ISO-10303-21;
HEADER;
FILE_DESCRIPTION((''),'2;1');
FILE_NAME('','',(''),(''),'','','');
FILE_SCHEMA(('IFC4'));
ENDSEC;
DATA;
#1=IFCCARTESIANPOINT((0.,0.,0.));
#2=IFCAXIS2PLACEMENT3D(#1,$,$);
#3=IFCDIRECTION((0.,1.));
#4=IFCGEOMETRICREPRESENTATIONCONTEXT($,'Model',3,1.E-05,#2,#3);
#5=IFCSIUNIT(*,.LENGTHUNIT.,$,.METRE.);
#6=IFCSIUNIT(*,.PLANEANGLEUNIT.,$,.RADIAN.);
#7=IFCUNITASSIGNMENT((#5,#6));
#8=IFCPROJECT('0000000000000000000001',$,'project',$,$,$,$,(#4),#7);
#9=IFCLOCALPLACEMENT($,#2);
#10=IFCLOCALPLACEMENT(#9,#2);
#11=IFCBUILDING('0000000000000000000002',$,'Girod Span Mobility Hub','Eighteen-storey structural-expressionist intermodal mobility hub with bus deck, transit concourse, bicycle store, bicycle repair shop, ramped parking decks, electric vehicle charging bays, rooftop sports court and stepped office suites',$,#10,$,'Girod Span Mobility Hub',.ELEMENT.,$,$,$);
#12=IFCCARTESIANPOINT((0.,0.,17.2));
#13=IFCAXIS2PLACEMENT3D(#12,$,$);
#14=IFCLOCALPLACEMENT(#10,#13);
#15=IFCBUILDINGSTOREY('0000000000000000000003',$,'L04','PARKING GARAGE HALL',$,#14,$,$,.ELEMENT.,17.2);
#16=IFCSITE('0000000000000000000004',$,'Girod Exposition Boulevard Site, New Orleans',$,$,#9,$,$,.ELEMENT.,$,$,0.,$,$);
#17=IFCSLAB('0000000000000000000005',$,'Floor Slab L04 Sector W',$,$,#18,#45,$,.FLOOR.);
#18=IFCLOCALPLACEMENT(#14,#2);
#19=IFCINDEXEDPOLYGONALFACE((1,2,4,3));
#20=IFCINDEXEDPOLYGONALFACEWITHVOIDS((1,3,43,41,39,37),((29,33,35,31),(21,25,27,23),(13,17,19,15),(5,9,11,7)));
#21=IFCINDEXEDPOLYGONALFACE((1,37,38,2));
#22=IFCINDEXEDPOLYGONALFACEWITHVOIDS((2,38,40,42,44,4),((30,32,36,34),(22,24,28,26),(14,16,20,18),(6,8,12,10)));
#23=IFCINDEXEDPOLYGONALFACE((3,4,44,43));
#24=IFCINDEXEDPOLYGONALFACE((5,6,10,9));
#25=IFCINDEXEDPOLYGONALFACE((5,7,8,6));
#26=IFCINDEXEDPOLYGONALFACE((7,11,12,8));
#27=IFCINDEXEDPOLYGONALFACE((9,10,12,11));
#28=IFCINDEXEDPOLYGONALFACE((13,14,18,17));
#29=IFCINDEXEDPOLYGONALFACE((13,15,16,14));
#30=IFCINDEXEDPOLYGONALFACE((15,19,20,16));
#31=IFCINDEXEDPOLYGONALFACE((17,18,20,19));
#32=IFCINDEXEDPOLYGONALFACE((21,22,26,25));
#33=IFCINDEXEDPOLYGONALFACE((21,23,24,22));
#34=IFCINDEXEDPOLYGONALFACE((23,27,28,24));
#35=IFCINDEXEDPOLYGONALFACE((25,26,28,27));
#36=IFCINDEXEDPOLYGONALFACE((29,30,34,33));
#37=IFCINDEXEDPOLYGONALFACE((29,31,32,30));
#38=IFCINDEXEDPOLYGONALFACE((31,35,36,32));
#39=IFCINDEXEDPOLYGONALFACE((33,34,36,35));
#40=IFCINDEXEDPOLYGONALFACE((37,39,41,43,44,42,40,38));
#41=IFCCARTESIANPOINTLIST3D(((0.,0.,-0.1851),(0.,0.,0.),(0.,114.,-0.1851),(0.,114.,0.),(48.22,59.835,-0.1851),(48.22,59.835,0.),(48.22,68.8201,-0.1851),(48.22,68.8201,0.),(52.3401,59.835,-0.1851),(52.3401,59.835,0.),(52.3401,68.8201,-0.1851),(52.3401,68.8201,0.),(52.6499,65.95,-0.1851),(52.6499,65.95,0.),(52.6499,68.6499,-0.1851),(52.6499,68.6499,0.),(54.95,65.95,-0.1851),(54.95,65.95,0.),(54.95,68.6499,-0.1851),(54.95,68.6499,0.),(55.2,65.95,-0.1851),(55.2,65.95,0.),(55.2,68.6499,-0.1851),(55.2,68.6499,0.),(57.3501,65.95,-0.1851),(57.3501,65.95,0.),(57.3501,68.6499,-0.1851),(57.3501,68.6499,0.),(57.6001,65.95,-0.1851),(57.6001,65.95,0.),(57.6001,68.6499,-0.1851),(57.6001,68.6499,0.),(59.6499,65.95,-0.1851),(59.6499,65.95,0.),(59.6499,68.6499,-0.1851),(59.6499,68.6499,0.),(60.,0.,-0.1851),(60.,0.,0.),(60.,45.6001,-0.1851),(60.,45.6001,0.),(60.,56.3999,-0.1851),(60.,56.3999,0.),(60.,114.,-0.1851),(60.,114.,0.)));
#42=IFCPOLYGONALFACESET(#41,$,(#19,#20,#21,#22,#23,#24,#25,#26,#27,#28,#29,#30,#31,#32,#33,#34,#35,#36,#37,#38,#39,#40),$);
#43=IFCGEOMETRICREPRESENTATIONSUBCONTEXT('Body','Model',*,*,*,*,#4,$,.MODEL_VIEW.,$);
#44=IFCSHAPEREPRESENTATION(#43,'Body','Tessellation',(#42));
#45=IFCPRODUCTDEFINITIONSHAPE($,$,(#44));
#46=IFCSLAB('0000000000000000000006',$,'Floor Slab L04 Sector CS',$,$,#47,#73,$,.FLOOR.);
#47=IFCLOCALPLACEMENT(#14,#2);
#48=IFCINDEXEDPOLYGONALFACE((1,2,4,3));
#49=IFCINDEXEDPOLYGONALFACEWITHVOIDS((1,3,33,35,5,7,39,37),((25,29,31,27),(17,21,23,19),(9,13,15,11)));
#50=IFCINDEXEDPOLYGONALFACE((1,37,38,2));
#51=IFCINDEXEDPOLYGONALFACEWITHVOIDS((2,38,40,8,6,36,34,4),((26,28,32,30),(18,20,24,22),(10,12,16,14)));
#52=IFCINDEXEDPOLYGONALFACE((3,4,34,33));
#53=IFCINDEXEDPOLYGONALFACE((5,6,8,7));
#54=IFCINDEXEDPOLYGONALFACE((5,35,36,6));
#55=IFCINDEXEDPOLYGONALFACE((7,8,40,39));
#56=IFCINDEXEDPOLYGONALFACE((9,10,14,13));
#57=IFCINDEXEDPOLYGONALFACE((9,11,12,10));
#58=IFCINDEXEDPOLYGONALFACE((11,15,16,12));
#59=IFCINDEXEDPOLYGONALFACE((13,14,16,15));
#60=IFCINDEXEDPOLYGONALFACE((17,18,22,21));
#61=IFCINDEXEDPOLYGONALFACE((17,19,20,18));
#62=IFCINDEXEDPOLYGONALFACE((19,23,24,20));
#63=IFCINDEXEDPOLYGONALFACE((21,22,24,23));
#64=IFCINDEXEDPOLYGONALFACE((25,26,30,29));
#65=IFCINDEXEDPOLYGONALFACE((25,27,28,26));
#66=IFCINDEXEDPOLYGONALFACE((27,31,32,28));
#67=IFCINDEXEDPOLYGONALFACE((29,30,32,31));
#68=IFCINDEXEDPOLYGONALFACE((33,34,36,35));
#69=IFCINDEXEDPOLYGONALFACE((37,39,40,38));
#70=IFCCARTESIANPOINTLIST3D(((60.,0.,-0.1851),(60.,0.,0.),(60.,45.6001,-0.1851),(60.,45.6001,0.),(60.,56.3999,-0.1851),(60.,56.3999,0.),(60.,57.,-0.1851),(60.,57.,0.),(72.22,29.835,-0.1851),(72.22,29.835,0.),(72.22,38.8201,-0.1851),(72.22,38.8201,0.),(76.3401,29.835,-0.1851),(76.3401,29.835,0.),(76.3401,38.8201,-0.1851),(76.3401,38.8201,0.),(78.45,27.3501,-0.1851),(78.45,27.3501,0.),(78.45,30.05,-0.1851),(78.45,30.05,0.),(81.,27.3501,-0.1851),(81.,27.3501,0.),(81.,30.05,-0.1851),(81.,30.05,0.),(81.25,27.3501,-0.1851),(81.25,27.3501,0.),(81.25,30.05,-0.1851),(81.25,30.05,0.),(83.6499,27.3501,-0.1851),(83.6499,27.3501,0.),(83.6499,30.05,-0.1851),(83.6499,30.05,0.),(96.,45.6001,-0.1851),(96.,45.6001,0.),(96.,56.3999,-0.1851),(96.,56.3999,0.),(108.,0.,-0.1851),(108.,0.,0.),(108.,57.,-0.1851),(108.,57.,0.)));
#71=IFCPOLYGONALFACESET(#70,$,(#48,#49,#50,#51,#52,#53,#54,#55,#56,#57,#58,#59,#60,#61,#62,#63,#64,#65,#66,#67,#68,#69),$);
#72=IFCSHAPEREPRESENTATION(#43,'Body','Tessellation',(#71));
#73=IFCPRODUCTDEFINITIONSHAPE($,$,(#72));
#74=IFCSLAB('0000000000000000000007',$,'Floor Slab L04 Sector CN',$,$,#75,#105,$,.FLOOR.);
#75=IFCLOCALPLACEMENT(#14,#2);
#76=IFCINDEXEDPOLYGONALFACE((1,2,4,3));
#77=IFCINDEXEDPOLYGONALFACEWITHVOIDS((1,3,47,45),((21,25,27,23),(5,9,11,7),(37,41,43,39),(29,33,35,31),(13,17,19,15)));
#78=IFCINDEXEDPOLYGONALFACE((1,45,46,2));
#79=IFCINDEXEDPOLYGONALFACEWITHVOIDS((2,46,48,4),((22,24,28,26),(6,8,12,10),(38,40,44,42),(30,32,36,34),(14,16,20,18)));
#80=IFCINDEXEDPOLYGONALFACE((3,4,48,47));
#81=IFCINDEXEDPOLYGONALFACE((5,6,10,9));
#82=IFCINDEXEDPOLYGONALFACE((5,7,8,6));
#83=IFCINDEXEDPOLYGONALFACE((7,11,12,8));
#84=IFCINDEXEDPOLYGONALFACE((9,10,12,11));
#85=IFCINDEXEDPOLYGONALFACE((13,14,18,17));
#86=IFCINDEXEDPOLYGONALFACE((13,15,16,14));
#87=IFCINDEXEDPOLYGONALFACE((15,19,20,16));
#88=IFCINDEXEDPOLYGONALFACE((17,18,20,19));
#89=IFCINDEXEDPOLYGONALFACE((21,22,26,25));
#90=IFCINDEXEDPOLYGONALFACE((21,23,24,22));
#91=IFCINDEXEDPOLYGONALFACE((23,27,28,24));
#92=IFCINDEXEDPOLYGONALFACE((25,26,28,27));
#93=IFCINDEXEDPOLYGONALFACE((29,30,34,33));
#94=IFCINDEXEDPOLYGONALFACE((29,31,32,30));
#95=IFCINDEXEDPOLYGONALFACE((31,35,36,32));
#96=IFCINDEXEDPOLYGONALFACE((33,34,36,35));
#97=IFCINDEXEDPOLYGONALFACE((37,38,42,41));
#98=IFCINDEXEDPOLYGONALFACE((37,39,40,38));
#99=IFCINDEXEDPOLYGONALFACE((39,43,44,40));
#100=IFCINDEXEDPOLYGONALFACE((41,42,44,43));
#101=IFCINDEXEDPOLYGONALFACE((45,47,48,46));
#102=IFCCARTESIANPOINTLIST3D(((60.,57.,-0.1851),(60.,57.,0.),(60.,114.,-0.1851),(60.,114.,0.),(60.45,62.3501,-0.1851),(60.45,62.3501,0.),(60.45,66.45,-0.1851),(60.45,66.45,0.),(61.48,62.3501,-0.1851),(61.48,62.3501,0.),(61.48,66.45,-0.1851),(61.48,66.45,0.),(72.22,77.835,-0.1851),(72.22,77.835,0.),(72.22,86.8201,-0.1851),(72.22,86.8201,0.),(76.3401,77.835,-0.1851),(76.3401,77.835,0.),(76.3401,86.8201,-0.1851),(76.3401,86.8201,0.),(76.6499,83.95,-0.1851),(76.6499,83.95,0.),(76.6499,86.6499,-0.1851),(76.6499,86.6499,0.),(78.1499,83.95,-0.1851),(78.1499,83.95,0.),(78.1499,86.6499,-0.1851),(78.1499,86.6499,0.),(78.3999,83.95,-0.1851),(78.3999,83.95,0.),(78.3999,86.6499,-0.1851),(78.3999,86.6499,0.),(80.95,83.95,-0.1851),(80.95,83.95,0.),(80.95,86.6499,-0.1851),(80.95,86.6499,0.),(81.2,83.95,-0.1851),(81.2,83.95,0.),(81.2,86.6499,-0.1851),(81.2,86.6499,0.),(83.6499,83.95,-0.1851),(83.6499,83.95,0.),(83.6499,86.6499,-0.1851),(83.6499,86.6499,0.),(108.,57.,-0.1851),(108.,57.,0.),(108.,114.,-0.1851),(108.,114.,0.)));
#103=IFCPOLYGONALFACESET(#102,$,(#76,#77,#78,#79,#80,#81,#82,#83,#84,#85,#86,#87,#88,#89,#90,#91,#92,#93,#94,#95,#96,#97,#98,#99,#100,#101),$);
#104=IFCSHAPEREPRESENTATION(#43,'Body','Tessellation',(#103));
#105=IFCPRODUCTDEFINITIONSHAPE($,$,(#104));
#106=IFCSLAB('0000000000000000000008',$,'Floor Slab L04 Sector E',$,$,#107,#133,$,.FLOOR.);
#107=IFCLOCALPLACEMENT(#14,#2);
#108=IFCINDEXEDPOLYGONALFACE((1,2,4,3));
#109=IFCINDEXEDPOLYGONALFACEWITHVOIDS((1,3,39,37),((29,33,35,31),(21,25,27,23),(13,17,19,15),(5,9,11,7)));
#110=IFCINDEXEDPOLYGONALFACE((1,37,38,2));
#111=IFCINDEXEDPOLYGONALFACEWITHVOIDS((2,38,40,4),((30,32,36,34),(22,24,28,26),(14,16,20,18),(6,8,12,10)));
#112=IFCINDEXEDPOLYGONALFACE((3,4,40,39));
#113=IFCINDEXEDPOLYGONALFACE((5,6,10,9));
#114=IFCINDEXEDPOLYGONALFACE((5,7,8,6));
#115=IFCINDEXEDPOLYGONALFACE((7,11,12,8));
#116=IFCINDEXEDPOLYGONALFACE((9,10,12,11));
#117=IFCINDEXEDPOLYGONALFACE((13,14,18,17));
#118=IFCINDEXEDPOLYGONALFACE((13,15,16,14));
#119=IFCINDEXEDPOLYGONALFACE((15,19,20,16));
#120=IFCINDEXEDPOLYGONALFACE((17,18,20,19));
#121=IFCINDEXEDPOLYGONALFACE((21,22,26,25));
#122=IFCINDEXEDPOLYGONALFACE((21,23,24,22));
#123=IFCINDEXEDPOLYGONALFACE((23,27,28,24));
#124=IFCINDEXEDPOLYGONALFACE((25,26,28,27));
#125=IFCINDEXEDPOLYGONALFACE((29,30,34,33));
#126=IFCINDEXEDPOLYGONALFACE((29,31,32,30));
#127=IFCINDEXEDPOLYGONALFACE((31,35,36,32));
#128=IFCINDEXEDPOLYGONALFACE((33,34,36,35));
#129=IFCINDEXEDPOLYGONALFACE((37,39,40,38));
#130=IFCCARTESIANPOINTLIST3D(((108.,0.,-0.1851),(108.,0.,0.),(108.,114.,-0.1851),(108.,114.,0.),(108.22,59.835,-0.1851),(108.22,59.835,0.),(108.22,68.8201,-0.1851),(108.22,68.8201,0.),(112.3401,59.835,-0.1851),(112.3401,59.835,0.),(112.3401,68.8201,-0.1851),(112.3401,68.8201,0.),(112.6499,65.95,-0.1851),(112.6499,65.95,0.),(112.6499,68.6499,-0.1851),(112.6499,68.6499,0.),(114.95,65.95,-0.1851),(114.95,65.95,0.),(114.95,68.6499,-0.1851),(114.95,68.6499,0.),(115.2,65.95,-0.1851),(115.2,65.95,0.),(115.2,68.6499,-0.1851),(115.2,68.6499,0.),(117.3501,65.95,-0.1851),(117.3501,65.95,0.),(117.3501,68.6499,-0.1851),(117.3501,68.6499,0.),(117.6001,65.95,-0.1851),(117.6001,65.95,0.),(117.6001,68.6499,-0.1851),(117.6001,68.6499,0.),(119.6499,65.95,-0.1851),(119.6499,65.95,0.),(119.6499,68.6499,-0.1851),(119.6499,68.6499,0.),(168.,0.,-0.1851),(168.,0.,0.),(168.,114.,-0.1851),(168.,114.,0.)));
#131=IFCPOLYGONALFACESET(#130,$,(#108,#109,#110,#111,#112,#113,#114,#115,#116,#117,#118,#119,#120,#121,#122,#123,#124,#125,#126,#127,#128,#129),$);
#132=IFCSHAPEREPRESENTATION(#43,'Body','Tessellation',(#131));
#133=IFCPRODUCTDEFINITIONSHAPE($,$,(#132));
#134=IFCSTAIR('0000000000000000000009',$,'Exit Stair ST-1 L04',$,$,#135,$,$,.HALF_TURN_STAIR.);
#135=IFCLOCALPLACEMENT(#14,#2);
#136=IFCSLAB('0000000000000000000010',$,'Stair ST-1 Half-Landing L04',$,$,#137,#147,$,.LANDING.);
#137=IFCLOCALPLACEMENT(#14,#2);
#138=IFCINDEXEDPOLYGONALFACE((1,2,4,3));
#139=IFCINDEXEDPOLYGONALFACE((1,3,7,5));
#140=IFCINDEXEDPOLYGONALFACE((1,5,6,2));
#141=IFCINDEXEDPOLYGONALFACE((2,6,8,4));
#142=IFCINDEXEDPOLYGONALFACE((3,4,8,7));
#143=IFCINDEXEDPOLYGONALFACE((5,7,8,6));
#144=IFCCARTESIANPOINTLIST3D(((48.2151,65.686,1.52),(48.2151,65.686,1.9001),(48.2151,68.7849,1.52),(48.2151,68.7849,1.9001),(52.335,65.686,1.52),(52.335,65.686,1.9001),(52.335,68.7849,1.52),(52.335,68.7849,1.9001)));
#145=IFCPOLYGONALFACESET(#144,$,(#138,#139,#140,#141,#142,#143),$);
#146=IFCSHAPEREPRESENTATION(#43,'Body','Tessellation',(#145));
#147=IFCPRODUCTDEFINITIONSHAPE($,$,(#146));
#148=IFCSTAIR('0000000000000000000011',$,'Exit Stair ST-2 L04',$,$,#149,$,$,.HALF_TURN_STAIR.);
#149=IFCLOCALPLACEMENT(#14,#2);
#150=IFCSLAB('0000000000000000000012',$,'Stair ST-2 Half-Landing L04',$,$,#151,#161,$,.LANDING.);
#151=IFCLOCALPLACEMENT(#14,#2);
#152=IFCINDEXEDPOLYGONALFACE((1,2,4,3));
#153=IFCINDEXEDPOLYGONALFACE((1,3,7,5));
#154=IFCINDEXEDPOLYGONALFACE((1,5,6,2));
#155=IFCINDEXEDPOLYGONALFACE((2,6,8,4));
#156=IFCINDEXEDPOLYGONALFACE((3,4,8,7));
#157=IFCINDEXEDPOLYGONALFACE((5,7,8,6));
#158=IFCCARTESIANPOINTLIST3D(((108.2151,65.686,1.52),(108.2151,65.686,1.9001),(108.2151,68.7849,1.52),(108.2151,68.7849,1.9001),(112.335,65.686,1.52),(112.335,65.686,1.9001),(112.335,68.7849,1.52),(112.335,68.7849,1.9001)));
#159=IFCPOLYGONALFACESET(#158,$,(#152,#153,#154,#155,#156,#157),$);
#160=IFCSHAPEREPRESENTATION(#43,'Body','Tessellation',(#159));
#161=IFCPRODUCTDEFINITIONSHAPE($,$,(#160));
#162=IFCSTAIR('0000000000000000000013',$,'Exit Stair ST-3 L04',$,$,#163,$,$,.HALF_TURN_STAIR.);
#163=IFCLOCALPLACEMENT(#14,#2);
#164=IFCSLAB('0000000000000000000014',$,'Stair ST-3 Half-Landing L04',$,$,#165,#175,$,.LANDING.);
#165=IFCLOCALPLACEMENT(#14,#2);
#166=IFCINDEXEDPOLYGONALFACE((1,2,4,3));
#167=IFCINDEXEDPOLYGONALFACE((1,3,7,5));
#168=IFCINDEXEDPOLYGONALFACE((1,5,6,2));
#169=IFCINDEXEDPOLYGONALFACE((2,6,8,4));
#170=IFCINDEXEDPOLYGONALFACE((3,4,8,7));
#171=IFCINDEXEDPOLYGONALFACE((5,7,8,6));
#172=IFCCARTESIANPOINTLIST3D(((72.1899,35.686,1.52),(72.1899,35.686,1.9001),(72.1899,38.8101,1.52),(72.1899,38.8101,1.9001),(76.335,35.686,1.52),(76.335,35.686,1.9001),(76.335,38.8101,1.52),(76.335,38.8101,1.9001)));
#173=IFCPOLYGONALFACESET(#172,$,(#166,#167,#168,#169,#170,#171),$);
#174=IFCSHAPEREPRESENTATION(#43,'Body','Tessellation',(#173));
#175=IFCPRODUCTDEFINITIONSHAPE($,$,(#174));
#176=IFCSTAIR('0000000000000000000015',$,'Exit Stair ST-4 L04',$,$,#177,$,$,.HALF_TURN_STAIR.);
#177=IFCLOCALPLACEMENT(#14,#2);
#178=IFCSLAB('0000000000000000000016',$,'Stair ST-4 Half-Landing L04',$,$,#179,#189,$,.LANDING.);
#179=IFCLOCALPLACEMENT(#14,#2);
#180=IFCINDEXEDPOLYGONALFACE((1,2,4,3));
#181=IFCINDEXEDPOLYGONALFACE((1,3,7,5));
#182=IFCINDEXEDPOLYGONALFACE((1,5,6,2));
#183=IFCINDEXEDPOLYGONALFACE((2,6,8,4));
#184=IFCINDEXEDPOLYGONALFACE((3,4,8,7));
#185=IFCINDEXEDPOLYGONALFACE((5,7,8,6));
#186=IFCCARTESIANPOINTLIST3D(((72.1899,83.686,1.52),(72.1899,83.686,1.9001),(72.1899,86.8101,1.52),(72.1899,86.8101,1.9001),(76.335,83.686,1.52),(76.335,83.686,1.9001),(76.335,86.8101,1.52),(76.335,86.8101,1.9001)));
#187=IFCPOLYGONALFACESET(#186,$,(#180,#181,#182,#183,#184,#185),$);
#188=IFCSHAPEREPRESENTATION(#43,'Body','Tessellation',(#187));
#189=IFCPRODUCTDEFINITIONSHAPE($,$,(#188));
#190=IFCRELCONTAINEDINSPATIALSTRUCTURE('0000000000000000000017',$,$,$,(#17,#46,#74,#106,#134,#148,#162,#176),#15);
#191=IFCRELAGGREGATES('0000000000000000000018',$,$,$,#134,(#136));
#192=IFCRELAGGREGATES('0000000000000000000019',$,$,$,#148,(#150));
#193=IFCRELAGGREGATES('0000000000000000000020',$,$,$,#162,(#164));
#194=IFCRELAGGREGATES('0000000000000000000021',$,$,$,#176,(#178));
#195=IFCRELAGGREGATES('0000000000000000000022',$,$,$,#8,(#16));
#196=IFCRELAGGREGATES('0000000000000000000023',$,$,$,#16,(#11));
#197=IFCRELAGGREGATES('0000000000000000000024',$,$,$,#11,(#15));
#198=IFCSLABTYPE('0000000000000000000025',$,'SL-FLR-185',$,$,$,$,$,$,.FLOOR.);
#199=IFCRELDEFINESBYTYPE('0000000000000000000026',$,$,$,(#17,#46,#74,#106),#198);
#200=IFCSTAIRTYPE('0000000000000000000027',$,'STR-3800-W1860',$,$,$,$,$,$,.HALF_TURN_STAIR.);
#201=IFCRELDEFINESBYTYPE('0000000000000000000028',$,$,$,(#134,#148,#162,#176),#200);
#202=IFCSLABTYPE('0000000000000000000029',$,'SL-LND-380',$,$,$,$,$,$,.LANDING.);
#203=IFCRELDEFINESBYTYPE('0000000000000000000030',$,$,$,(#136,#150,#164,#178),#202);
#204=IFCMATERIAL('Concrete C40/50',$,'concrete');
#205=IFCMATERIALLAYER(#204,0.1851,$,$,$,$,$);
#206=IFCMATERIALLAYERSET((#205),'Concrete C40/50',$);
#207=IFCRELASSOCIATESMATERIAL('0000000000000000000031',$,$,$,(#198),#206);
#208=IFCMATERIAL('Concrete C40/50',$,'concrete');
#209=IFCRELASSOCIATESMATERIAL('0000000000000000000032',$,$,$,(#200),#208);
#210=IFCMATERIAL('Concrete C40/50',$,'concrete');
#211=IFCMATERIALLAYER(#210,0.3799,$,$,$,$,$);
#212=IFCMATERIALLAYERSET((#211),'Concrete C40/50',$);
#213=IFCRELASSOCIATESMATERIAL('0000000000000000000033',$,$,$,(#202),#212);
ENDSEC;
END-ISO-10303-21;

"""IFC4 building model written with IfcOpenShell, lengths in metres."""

from ifc_helpers import new_model, si_unit, direction, frame, origin, place, context, subcontext, project, spatial, polyline, outline, extrude, material, layer, layer_set, type_object, element, aggregate, save


model = new_model("IFC4")

# Units and contexts
model_context = context("Model", 3, precision=1e-05, world=origin(), true_north=direction((0.0, 1.0)))
body_context = subcontext(model_context, "Body", "Model", "MODEL_VIEW")
ifc_project = project(units=[si_unit("LENGTHUNIT", "METRE"), si_unit("PLANEANGLEUNIT", "RADIAN")], contexts=[model_context])

# Site, building, storey
site_placement = place(None, origin())
site = spatial("IfcSite", under=ifc_project, at=site_placement, Name="Girod Exposition Boulevard Site, New Orleans", CompositionType="ELEMENT", RefElevation=0.0)
building_placement = place(site_placement, origin())
building = spatial("IfcBuilding", under=site, at=building_placement, Name="Girod Span Mobility Hub", Description="Eighteen-storey structural-expressionist intermodal mobility hub with bus deck, transit concourse, bicycle store, bicycle repair shop, ramped parking decks, electric vehicle charging bays, rooftop sports court and stepped office suites", LongName="Girod Span Mobility Hub", CompositionType="ELEMENT")
storey_placement = place(building_placement, frame((0.0, 0.0, 17.2)))
storey = spatial("IfcBuildingStorey", under=building, at=storey_placement, Name="L04", Description="PARKING GARAGE HALL", CompositionType="ELEMENT", Elevation=17.2)

# Slabs
ifc_material_1 = material(Name="Concrete C40/50", Category="concrete")
ifc_layer_1 = layer(ifc_material_1, 0.1851)
ifc_layer_set_1 = layer_set([ifc_layer_1], Name="Concrete C40/50")
slab_type_1 = type_object("IfcSlabType", Name="SL-FLR-185", PredefinedType="FLOOR", material=ifc_layer_set_1)
slab_1_placement = place(storey_placement, frame((0.0, 0.0, -0.1851)))
element("IfcSlab", 1, at=slab_1_placement, inside=storey, type_object=slab_type_1, Name="Floor Slab L04 Sector W", PredefinedType="FLOOR", context=body_context, shape_type="SweptSolid", body=[
    extrude(outline(polyline([(0.0, 114.0), (60.0, 114.0), (60.0, 56.3999), (60.0, 45.6001), (60.0, 0.0), (0.0, 0.0), (0.0, 114.0)]), holes=[polyline([(48.22, 68.8201), (48.22, 59.835), (52.3401, 59.835), (52.3401, 68.8201), (48.22, 68.8201)]), polyline([(52.6499, 68.6499), (52.6499, 65.95), (54.95, 65.95), (54.95, 68.6499), (52.6499, 68.6499)]), polyline([(55.2, 68.6499), (55.2, 65.95), (57.3501, 65.95), (57.3501, 68.6499), (55.2, 68.6499)]), polyline([(57.6001, 68.6499), (57.6001, 65.95), (59.6499, 65.95), (59.6499, 68.6499), (57.6001, 68.6499)])]), origin(), (0.0, 0.0, 1.0), 0.1851),
])
slab_2_placement = place(storey_placement, frame((0.0, 0.0, -0.1851)))
element("IfcSlab", 2, at=slab_2_placement, inside=storey, type_object=slab_type_1, Name="Floor Slab L04 Sector CS", PredefinedType="FLOOR", context=body_context, shape_type="SweptSolid", body=[
    extrude(outline(polyline([(60.0, 0.0), (60.0, 45.6001), (96.0, 45.6001), (96.0, 56.3999), (60.0, 56.3999), (60.0, 57.0), (108.0, 57.0), (108.0, 0.0), (60.0, 0.0)]), holes=[polyline([(72.22, 38.8201), (72.22, 29.835), (76.3401, 29.835), (76.3401, 38.8201), (72.22, 38.8201)]), polyline([(78.45, 30.05), (78.45, 27.3501), (81.0, 27.3501), (81.0, 30.05), (78.45, 30.05)]), polyline([(81.25, 30.05), (81.25, 27.3501), (83.6499, 27.3501), (83.6499, 30.05), (81.25, 30.05)])]), origin(), (0.0, 0.0, 1.0), 0.1851),
])
slab_3_placement = place(storey_placement, frame((0.0, 0.0, -0.1851)))
element("IfcSlab", 3, at=slab_3_placement, inside=storey, type_object=slab_type_1, Name="Floor Slab L04 Sector CN", PredefinedType="FLOOR", context=body_context, shape_type="SweptSolid", body=[
    extrude(outline(polyline([(108.0, 114.0), (108.0, 57.0), (60.0, 57.0), (60.0, 114.0), (108.0, 114.0)]), holes=[polyline([(60.45, 66.45), (60.45, 62.3501), (61.48, 62.3501), (61.48, 66.45), (60.45, 66.45)]), polyline([(72.22, 86.8201), (72.22, 77.835), (76.3401, 77.835), (76.3401, 86.8201), (72.22, 86.8201)]), polyline([(76.6499, 86.6499), (76.6499, 83.95), (78.1499, 83.95), (78.1499, 86.6499), (76.6499, 86.6499)]), polyline([(80.95, 86.6499), (78.3999, 86.6499), (78.3999, 83.95), (80.95, 83.95), (80.95, 86.6499)]), polyline([(83.6499, 86.6499), (81.2, 86.6499), (81.2, 83.95), (83.6499, 83.95), (83.6499, 86.6499)])]), origin(), (0.0, 0.0, 1.0), 0.1851),
])
slab_4_placement = place(storey_placement, frame((0.0, 0.0, -0.1851)))
element("IfcSlab", 4, at=slab_4_placement, inside=storey, type_object=slab_type_1, Name="Floor Slab L04 Sector E", PredefinedType="FLOOR", context=body_context, shape_type="SweptSolid", body=[
    extrude(outline(polyline([(168.0, 114.0), (168.0, 0.0), (108.0, 0.0), (108.0, 114.0), (168.0, 114.0)]), holes=[polyline([(108.22, 68.8201), (108.22, 59.835), (112.3401, 59.835), (112.3401, 68.8201), (108.22, 68.8201)]), polyline([(112.6499, 68.6499), (112.6499, 65.95), (114.95, 65.95), (114.95, 68.6499), (112.6499, 68.6499)]), polyline([(115.2, 68.6499), (115.2, 65.95), (117.3501, 65.95), (117.3501, 68.6499), (115.2, 68.6499)]), polyline([(117.6001, 68.6499), (117.6001, 65.95), (119.6499, 65.95), (119.6499, 68.6499), (117.6001, 68.6499)])]), origin(), (0.0, 0.0, 1.0), 0.1851),
])

# Stairs, slabs
ifc_material_2 = material(Name="Concrete C40/50", Category="concrete")
stair_type = type_object("IfcStairType", Name="STR-3800-W1860", PredefinedType="HALF_TURN_STAIR", material=ifc_material_2)
stair_1_placement = place(storey_placement, origin())
stair_1 = element("IfcStair", 5, at=stair_1_placement, inside=storey, type_object=stair_type, Name="Exit Stair ST-1 L04", PredefinedType="HALF_TURN_STAIR")
ifc_material_3 = material(Name="Concrete C40/50", Category="concrete")
ifc_layer_2 = layer(ifc_material_3, 0.3799)
ifc_layer_set_2 = layer_set([ifc_layer_2], Name="Concrete C40/50")
slab_type_2 = type_object("IfcSlabType", Name="SL-LND-380", PredefinedType="LANDING", material=ifc_layer_set_2)
slab_5_placement = place(storey_placement, frame((0.0, 0.0, 1.52)))
slab_5 = element("IfcSlab", 6, at=slab_5_placement, type_object=slab_type_2, Name="Stair ST-1 Half-Landing L04", PredefinedType="LANDING", context=body_context, shape_type="SweptSolid", body=[
    extrude(outline(polyline([(52.335, 65.686), (52.335, 68.7849), (48.2151, 68.7849), (48.2151, 65.686), (52.335, 65.686)])), origin(), (0.0, 0.0, 1.0), 0.3801),
])
aggregate(stair_1, [slab_5])
stair_2_placement = place(storey_placement, origin())
stair_2 = element("IfcStair", 7, at=stair_2_placement, inside=storey, type_object=stair_type, Name="Exit Stair ST-2 L04", PredefinedType="HALF_TURN_STAIR")
slab_6_placement = place(storey_placement, frame((0.0, 0.0, 1.52)))
slab_6 = element("IfcSlab", 8, at=slab_6_placement, type_object=slab_type_2, Name="Stair ST-2 Half-Landing L04", PredefinedType="LANDING", context=body_context, shape_type="SweptSolid", body=[
    extrude(outline(polyline([(112.335, 65.686), (112.335, 68.7849), (108.2151, 68.7849), (108.2151, 65.686), (112.335, 65.686)])), origin(), (0.0, 0.0, 1.0), 0.3801),
])
aggregate(stair_2, [slab_6])
stair_3_placement = place(storey_placement, origin())
stair_3 = element("IfcStair", 9, at=stair_3_placement, inside=storey, type_object=stair_type, Name="Exit Stair ST-3 L04", PredefinedType="HALF_TURN_STAIR")
slab_7_placement = place(storey_placement, frame((0.0, 0.0, 1.52)))
slab_7 = element("IfcSlab", 10, at=slab_7_placement, type_object=slab_type_2, Name="Stair ST-3 Half-Landing L04", PredefinedType="LANDING", context=body_context, shape_type="SweptSolid", body=[
    extrude(outline(polyline([(76.335, 35.686), (76.335, 38.8101), (72.1899, 38.8101), (72.1899, 35.686), (76.335, 35.686)])), origin(), (0.0, 0.0, 1.0), 0.3801),
])
aggregate(stair_3, [slab_7])
stair_4_placement = place(storey_placement, origin())
stair_4 = element("IfcStair", 11, at=stair_4_placement, inside=storey, type_object=stair_type, Name="Exit Stair ST-4 L04", PredefinedType="HALF_TURN_STAIR")
slab_8_placement = place(storey_placement, frame((0.0, 0.0, 1.52)))
slab_8 = element("IfcSlab", 12, at=slab_8_placement, type_object=slab_type_2, Name="Stair ST-4 Half-Landing L04", PredefinedType="LANDING", context=body_context, shape_type="SweptSolid", body=[
    extrude(outline(polyline([(76.335, 83.686), (76.335, 86.8101), (72.1899, 86.8101), (72.1899, 83.686), (76.335, 83.686)])), origin(), (0.0, 0.0, 1.0), 0.3801),
])
aggregate(stair_4, [slab_8])

save(model, "model.ifc")
